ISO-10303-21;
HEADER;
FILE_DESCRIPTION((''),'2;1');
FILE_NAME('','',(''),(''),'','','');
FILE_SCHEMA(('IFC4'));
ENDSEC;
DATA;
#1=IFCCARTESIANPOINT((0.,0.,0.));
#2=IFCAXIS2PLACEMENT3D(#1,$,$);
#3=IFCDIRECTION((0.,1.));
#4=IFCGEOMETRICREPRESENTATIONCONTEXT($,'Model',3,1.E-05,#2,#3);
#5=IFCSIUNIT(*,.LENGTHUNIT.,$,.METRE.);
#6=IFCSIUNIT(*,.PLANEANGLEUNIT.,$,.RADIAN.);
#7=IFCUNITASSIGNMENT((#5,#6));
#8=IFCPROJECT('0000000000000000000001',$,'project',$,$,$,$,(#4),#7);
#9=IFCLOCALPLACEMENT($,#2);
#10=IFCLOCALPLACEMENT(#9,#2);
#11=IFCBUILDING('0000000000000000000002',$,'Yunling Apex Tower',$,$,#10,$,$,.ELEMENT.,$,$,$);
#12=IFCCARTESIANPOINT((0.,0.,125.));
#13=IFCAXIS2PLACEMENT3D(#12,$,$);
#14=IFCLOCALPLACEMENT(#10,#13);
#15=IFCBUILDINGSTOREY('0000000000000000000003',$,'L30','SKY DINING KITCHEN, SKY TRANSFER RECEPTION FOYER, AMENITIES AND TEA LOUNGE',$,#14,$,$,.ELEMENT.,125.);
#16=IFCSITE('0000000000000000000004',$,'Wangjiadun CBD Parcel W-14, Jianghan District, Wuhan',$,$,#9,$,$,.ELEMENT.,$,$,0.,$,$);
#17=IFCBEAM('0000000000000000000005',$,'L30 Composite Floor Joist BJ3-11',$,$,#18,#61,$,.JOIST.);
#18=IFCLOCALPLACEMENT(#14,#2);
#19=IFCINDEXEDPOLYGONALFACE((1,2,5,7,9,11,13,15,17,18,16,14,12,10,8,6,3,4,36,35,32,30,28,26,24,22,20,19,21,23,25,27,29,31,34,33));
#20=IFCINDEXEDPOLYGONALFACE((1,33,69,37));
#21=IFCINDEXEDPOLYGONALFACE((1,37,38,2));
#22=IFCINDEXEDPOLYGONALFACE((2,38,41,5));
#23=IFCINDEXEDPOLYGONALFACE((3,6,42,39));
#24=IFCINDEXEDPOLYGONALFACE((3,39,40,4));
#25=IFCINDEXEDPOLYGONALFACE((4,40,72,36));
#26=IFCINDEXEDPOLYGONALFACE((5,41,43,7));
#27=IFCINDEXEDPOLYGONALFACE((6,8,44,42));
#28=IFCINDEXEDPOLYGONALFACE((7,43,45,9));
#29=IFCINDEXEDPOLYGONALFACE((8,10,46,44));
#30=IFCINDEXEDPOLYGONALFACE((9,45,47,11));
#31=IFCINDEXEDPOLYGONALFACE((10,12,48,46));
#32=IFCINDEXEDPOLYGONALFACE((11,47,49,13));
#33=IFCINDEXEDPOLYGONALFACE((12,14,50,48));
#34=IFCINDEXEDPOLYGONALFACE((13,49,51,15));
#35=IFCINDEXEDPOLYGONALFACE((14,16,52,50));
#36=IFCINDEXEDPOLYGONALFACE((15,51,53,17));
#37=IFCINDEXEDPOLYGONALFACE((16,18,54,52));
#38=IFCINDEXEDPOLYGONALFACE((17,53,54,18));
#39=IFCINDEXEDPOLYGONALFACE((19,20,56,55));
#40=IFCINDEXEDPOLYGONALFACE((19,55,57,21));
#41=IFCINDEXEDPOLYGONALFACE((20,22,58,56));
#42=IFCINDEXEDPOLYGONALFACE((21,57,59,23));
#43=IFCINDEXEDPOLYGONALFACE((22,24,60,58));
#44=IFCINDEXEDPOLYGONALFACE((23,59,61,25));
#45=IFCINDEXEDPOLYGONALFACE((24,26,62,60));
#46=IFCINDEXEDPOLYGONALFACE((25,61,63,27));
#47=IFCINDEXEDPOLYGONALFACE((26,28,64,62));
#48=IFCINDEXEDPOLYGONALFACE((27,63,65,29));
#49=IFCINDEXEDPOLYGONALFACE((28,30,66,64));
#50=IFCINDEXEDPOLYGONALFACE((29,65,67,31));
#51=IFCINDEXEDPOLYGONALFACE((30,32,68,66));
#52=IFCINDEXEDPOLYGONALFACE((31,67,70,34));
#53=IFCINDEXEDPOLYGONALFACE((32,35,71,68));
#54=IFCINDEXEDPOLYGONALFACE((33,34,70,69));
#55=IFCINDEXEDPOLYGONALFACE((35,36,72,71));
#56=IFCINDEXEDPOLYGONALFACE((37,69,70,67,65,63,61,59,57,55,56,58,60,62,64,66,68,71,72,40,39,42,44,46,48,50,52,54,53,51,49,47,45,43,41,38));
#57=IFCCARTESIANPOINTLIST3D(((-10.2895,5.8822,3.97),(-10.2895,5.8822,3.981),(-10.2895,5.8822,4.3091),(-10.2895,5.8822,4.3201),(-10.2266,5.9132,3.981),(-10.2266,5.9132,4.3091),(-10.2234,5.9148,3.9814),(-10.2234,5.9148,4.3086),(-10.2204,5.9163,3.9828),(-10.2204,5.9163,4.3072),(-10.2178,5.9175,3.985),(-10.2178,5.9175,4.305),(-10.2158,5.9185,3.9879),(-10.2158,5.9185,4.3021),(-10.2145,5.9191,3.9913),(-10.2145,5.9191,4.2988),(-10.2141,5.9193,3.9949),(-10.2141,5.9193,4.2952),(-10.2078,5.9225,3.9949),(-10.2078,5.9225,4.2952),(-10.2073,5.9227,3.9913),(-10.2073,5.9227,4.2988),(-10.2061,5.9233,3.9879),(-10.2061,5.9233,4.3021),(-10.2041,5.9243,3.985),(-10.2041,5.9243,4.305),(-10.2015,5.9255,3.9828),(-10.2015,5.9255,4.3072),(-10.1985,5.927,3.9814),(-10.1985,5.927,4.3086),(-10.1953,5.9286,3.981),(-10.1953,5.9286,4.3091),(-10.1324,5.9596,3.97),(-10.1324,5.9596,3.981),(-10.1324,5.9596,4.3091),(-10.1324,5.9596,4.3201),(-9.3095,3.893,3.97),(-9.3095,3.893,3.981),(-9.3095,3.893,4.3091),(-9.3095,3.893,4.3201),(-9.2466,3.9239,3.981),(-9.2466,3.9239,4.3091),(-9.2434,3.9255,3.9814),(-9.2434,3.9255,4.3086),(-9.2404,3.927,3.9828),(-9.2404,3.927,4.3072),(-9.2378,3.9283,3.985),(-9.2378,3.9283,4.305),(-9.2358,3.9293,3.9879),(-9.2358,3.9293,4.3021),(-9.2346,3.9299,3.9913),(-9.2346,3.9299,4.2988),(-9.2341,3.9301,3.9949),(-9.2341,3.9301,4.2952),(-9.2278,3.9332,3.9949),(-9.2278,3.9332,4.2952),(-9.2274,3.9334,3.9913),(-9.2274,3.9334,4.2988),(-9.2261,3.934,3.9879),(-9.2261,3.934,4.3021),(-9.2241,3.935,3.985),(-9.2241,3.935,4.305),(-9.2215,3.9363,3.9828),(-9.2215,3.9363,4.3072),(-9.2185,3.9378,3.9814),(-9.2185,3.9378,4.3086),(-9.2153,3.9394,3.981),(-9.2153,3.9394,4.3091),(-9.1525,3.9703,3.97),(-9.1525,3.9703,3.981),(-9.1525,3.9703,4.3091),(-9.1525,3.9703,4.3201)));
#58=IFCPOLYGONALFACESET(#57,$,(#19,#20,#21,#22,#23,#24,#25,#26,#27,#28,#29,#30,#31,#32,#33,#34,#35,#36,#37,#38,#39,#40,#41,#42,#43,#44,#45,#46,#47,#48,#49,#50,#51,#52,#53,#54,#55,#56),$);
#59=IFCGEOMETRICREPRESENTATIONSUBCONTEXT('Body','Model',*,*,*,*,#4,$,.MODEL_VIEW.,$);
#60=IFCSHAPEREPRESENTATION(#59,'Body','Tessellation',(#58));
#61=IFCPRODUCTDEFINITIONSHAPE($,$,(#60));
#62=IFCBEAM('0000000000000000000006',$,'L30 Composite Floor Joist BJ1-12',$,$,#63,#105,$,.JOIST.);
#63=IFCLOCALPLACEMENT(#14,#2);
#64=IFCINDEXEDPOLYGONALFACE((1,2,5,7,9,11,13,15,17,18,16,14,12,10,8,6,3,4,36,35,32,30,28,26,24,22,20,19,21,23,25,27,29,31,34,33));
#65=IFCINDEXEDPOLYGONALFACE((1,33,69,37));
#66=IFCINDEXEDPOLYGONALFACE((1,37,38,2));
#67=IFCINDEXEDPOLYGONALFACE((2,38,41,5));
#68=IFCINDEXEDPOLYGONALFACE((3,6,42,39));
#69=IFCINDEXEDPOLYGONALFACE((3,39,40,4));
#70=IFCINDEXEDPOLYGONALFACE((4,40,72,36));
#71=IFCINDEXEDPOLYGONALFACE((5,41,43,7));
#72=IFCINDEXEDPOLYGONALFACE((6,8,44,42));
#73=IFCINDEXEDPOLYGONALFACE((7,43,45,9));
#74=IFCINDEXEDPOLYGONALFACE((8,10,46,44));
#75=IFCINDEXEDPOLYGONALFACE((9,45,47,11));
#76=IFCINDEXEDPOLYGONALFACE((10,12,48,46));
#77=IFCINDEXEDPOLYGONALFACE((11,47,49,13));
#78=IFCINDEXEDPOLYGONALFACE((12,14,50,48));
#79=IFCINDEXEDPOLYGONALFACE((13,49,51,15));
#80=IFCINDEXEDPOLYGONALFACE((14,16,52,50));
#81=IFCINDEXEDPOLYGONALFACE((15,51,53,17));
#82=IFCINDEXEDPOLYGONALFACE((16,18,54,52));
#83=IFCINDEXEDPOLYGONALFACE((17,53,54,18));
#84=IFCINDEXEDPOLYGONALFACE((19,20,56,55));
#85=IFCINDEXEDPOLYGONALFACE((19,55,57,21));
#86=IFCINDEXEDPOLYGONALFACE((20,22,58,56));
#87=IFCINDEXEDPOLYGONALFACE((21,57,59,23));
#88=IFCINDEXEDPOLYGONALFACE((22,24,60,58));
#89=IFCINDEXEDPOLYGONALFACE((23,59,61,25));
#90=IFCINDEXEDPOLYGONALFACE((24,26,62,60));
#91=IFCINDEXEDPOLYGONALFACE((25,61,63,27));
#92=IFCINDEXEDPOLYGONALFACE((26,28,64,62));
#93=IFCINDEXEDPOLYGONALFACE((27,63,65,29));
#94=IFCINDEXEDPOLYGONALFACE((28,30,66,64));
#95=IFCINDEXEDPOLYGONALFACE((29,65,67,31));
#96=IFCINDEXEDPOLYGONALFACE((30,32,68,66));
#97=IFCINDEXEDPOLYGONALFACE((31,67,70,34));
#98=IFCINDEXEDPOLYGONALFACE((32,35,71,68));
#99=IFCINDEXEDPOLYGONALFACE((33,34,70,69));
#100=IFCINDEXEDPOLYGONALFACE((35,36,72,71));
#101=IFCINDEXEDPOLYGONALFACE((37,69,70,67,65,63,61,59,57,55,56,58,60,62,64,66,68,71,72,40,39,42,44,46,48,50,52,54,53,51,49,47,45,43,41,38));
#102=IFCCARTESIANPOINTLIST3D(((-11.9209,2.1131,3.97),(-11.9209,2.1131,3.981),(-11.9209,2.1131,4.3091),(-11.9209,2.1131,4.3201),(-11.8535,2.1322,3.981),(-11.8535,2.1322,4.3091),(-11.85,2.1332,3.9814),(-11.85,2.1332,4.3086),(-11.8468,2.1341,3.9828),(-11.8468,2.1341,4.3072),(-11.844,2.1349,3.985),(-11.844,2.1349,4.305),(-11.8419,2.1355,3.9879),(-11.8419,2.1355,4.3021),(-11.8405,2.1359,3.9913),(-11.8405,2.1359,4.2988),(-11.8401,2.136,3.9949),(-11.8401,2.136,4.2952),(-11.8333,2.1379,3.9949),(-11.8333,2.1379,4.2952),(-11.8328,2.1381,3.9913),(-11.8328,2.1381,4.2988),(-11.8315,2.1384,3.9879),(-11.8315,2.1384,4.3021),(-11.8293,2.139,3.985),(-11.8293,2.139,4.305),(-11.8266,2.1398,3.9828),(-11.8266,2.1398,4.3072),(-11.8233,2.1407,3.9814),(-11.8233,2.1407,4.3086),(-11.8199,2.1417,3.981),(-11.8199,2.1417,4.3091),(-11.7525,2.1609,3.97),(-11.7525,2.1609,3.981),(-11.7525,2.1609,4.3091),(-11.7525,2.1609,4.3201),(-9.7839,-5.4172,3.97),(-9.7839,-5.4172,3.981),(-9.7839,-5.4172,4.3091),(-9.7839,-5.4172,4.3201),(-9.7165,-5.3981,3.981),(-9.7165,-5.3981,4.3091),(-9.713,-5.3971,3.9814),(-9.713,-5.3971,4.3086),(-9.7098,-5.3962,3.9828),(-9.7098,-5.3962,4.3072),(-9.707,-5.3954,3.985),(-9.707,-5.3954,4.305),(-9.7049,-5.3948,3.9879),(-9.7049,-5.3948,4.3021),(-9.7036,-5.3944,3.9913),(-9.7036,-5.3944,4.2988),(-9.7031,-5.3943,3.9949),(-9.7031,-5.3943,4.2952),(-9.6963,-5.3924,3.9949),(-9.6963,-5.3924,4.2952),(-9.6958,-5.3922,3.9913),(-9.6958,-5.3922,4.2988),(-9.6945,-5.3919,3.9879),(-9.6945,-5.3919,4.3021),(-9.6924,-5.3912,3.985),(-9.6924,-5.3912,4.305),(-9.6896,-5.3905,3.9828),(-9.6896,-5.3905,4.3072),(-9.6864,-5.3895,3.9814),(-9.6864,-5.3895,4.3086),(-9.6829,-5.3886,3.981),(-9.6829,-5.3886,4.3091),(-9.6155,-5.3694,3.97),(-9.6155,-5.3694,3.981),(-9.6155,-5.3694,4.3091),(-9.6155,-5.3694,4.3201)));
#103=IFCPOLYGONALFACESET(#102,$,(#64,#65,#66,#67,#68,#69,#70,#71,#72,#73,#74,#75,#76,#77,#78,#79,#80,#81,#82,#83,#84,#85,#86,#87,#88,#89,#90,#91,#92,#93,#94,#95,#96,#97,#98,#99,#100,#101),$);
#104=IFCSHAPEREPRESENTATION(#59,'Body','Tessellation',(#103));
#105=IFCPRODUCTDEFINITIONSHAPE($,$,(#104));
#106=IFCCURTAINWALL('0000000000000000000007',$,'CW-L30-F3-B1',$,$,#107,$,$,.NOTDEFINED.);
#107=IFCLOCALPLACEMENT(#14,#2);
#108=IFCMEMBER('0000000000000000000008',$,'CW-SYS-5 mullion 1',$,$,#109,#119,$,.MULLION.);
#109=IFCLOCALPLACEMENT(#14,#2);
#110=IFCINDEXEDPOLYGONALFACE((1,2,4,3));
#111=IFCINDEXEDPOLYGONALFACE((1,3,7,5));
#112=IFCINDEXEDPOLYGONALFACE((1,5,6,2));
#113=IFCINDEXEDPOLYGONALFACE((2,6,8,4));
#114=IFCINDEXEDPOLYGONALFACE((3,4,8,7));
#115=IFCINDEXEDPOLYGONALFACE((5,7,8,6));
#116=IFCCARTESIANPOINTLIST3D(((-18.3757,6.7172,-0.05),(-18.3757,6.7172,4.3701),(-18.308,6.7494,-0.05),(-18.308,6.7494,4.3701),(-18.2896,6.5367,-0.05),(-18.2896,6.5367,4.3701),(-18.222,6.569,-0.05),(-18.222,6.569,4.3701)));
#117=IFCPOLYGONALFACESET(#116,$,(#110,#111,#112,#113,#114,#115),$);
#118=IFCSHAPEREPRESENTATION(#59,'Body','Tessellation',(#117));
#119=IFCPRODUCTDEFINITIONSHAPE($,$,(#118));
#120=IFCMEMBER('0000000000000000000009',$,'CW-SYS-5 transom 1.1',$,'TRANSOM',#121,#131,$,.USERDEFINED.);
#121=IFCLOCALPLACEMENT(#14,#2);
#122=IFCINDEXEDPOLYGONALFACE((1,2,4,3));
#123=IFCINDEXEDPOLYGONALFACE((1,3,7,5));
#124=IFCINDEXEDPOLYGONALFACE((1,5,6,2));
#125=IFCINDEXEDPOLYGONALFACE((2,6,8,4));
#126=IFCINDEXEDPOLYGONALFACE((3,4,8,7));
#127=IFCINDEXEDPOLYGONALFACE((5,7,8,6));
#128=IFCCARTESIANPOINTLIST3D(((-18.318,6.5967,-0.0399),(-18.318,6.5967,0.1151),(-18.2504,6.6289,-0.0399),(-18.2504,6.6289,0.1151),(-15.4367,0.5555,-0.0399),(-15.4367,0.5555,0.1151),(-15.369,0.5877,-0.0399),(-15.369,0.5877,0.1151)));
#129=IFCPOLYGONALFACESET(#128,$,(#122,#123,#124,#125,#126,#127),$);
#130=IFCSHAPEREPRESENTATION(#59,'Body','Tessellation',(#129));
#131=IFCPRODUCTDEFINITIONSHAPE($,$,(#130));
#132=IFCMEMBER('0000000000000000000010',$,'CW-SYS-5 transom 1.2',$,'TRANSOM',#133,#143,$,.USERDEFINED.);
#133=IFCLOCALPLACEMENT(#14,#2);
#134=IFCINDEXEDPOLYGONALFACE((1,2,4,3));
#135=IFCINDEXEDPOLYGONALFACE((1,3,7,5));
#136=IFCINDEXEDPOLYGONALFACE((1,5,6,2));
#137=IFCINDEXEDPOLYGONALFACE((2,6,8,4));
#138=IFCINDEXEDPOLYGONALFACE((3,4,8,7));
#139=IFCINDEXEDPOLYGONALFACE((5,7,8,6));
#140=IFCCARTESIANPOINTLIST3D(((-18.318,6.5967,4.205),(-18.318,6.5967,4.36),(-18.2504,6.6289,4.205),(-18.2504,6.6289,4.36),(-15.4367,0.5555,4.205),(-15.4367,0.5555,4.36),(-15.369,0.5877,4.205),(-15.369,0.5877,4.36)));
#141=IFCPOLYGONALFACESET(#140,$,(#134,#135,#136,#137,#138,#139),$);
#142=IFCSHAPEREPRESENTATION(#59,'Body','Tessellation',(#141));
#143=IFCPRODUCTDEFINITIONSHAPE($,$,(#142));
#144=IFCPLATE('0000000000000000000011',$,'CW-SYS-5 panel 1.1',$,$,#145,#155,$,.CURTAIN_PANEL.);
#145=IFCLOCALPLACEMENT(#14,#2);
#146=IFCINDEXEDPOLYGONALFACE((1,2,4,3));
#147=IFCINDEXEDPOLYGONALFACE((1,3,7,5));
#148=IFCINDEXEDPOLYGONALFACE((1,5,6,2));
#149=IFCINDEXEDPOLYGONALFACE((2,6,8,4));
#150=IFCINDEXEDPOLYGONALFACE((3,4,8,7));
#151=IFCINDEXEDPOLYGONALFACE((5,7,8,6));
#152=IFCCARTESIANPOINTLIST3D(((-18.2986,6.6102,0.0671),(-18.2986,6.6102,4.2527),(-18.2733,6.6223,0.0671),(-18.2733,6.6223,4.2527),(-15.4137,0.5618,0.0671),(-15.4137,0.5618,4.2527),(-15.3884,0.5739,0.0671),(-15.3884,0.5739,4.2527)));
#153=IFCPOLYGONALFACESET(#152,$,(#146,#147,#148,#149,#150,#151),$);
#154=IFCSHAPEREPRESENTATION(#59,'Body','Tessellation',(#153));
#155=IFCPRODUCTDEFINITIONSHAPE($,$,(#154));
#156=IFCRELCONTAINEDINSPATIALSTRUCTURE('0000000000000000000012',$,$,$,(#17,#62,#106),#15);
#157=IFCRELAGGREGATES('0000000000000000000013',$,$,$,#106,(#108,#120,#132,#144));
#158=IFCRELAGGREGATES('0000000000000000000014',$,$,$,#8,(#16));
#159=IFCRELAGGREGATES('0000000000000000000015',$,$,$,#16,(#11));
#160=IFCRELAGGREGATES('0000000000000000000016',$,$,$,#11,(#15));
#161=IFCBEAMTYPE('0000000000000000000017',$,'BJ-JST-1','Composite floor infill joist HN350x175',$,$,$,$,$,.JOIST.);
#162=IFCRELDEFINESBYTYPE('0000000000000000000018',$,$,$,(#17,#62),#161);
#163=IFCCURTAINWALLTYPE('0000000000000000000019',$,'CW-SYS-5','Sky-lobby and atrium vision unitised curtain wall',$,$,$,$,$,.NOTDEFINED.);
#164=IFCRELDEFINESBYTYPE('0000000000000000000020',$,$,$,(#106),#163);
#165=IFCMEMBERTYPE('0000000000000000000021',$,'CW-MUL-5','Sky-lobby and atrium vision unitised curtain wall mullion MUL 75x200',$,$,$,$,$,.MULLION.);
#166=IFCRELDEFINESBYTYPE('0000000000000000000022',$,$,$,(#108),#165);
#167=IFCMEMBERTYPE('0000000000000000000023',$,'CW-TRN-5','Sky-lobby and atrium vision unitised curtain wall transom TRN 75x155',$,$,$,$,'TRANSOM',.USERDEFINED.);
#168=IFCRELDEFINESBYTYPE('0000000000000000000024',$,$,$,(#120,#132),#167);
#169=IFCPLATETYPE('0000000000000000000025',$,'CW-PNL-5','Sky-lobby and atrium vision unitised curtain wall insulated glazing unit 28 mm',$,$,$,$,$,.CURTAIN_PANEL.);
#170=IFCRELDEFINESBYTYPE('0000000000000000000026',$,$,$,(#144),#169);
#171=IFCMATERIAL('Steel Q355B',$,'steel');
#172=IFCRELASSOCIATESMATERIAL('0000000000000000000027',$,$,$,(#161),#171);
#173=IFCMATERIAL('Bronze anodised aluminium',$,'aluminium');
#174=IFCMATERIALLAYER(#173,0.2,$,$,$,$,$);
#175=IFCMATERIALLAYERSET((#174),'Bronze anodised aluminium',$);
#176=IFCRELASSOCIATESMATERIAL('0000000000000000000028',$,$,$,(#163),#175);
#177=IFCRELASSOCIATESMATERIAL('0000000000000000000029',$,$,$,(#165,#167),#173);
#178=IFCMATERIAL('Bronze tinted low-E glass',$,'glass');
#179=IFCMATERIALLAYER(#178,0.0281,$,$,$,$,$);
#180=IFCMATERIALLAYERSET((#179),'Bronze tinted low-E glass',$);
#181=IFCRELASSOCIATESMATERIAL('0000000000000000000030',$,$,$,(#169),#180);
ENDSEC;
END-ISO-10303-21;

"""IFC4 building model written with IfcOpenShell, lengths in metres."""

from ifc_helpers import new_model, si_unit, direction, frame, origin, origin_2d, place, context, subcontext, project, spatial, rectangle, i_section, extrude, source, transform, mapped, material, layer, layer_set, material_profile, profile_set, type_object, element, aggregate, save


model = new_model("IFC4")

# Units and contexts
model_context = context("Model", 3, precision=1e-05, world=origin(), true_north=direction((0.0, 1.0)))
body_context = subcontext(model_context, "Body", "Model", "MODEL_VIEW")
ifc_project = project(units=[si_unit("LENGTHUNIT", "METRE"), si_unit("PLANEANGLEUNIT", "RADIAN")], contexts=[model_context])

# Site, building, storey
site_placement = place(None, origin())
site = spatial("IfcSite", under=ifc_project, at=site_placement, Name="Wangjiadun CBD Parcel W-14, Jianghan District, Wuhan", CompositionType="ELEMENT", RefElevation=0.0)
building_placement = place(site_placement, origin())
building = spatial("IfcBuilding", under=site, at=building_placement, Name="Yunling Apex Tower", CompositionType="ELEMENT")
storey_placement = place(building_placement, frame((0.0, 0.0, 125.0)))
storey = spatial("IfcBuildingStorey", under=building, at=storey_placement, Name="L30", Description="SKY DINING KITCHEN, SKY TRANSFER RECEPTION FOYER, AMENITIES AND TEA LOUNGE", CompositionType="ELEMENT", Elevation=125.0)

# Beams
ifc_material_1 = material(Name="Steel Q355B", Category="steel")
ifc_material_profile_1 = material_profile(ifc_material_1, i_section(OverallWidth=0.175, OverallDepth=0.3501, WebThickness=0.0071, FlangeThickness=0.011, FilletRadius=0.0139, at=origin_2d()))
ifc_profile_set_1 = profile_set([ifc_material_profile_1], Name="Steel Q355B")
beam_type_1 = type_object("IfcBeamType", Name="BJ-JST-1", Description="Composite floor infill joist HN350x175", PredefinedType="JOIST", material=ifc_profile_set_1)
shared_shape_1 = source(origin(), body_context, "Body", "SweptSolid", [
    extrude(i_section(OverallWidth=0.175, OverallDepth=0.3501, WebThickness=0.0071, FlangeThickness=0.011, FilletRadius=0.0139, at=origin_2d()), origin(), (0.0, 0.0, 1.0), 2.2175),
])
beam_1_placement = place(storey_placement, frame((-10.2109, 5.9209, 4.145), z_axis=(0.441921, -0.897054, 0.0), x_axis=(0.897054, 0.441921, 0.0)))
element("IfcBeam", 1, at=beam_1_placement, inside=storey, type_object=beam_type_1, Name="L30 Composite Floor Joist BJ3-11", PredefinedType="JOIST", context=body_context, shape_type="MappedRepresentation", body=[
    mapped(shared_shape_1, transform((0.0, 0.0, 0.0), scale=1.0)),
])
shared_shape_2 = source(origin(), body_context, "Body", "SweptSolid", [
    extrude(i_section(OverallWidth=0.175, OverallDepth=0.3501, WebThickness=0.0071, FlangeThickness=0.011, FilletRadius=0.0139, at=origin_2d()), origin(), (0.0, 0.0, 1.0), 7.8276),
])
beam_2_placement = place(storey_placement, frame((-11.8367, 2.137, 4.145), z_axis=(0.273003, -0.962013, 0.0), x_axis=(0.962013, 0.273003, 0.0)))
element("IfcBeam", 2, at=beam_2_placement, inside=storey, type_object=beam_type_1, Name="L30 Composite Floor Joist BJ1-12", PredefinedType="JOIST", context=body_context, shape_type="MappedRepresentation", body=[
    mapped(shared_shape_2, transform((0.0, 0.0, 0.0), scale=1.0)),
])

# Curtain wall, members, plate
ifc_material_2 = material(Name="Bronze anodised aluminium", Category="aluminium")
ifc_layer_1 = layer(ifc_material_2, 0.2)
ifc_layer_set_1 = layer_set([ifc_layer_1], Name="Bronze anodised aluminium")
curtain_wall_type = type_object("IfcCurtainWallType", Name="CW-SYS-5", Description="Sky-lobby and atrium vision unitised curtain wall", PredefinedType="NOTDEFINED", material=ifc_layer_set_1)
curtain_wall_placement = place(storey_placement, origin())
curtain_wall = element("IfcCurtainWall", 3, at=curtain_wall_placement, inside=storey, type_object=curtain_wall_type, Name="CW-L30-F3-B1", PredefinedType="NOTDEFINED")
ifc_material_profile_2 = material_profile(ifc_material_2, rectangle(XDim=0.075, YDim=0.2, at=origin_2d()))
ifc_profile_set_2 = profile_set([ifc_material_profile_2], Name="Bronze anodised aluminium")
member_type_1 = type_object("IfcMemberType", Name="CW-MUL-5", Description="Sky-lobby and atrium vision unitised curtain wall mullion MUL 75x200", PredefinedType="MULLION", material=ifc_profile_set_2)
shared_shape_3 = source(origin(), body_context, "Body", "SweptSolid", [
    extrude(rectangle(XDim=0.075, YDim=0.2, at=origin_2d()), origin(), (0.0, 0.0, 1.0), 4.4202),
])
member_1_placement = place(storey_placement, frame((-18.2988, 6.6431, -0.05), z_axis=(0.0, 0.0, 1.0), x_axis=(0.902588, 0.430506, 0.0)))
member_1 = element("IfcMember", 4, at=member_1_placement, type_object=member_type_1, Name="CW-SYS-5 mullion 1", PredefinedType="MULLION", context=body_context, shape_type="MappedRepresentation", body=[
    mapped(shared_shape_3, transform((0.0, 0.0, 0.0), scale=1.0)),
])
ifc_material_profile_3 = material_profile(ifc_material_2, rectangle(XDim=0.075, YDim=0.155, at=origin_2d()))
ifc_profile_set_3 = profile_set([ifc_material_profile_3], Name="Bronze anodised aluminium")
member_type_2 = type_object("IfcMemberType", Name="CW-TRN-5", Description="Sky-lobby and atrium vision unitised curtain wall transom TRN 75x155", ElementType="TRANSOM", PredefinedType="USERDEFINED", material=ifc_profile_set_3)
shared_shape_4 = source(origin(), body_context, "Body", "SweptSolid", [
    extrude(rectangle(XDim=0.075, YDim=0.155, at=origin_2d()), origin(), (0.0, 0.0, 1.0), 6.6931),
])
member_2_placement = place(storey_placement, frame((-18.2842, 6.6128, 0.0376), z_axis=(0.430489, -0.902596, 0.0), x_axis=(0.902596, 0.430489, 0.0)))
member_2 = element("IfcMember", 5, at=member_2_placement, type_object=member_type_2, Name="CW-SYS-5 transom 1.1", ObjectType="TRANSOM", PredefinedType="USERDEFINED", context=body_context, shape_type="MappedRepresentation", body=[
    mapped(shared_shape_4, transform((0.0, 0.0, 0.0), scale=1.0)),
])
member_3_placement = place(storey_placement, frame((-18.2842, 6.6128, 4.2825), z_axis=(0.430489, -0.902596, 0.0), x_axis=(0.902596, 0.430489, 0.0)))
member_3 = element("IfcMember", 6, at=member_3_placement, type_object=member_type_2, Name="CW-SYS-5 transom 1.2", ObjectType="TRANSOM", PredefinedType="USERDEFINED", context=body_context, shape_type="MappedRepresentation", body=[
    mapped(shared_shape_4, transform((0.0, 0.0, 0.0), scale=1.0)),
])
ifc_material_3 = material(Name="Bronze tinted low-E glass", Category="glass")
ifc_layer_2 = layer(ifc_material_3, 0.0281)
ifc_layer_set_2 = layer_set([ifc_layer_2], Name="Bronze tinted low-E glass")
plate_type = type_object("IfcPlateType", Name="CW-PNL-5", Description="Sky-lobby and atrium vision unitised curtain wall insulated glazing unit 28 mm", PredefinedType="CURTAIN_PANEL", material=ifc_layer_set_2)
shared_shape_5 = source(origin(), body_context, "Body", "SweptSolid", [
    extrude(rectangle(XDim=6.7012, YDim=0.0281, at=origin_2d()), origin(), (0.0, 0.0, 1.0), 4.1855),
])
plate_placement = place(storey_placement, frame((-16.8435, 3.592, 0.0671), z_axis=(0.0, 0.0, 1.0), x_axis=(0.430506, -0.902588, 0.0)))
plate = element("IfcPlate", 7, at=plate_placement, type_object=plate_type, Name="CW-SYS-5 panel 1.1", PredefinedType="CURTAIN_PANEL", context=body_context, shape_type="MappedRepresentation", body=[
    mapped(shared_shape_5, transform((0.0, 0.0, 0.0), scale=1.0)),
])
aggregate(curtain_wall, [member_1, member_2, member_3, plate])

save(model, "model.ifc")
